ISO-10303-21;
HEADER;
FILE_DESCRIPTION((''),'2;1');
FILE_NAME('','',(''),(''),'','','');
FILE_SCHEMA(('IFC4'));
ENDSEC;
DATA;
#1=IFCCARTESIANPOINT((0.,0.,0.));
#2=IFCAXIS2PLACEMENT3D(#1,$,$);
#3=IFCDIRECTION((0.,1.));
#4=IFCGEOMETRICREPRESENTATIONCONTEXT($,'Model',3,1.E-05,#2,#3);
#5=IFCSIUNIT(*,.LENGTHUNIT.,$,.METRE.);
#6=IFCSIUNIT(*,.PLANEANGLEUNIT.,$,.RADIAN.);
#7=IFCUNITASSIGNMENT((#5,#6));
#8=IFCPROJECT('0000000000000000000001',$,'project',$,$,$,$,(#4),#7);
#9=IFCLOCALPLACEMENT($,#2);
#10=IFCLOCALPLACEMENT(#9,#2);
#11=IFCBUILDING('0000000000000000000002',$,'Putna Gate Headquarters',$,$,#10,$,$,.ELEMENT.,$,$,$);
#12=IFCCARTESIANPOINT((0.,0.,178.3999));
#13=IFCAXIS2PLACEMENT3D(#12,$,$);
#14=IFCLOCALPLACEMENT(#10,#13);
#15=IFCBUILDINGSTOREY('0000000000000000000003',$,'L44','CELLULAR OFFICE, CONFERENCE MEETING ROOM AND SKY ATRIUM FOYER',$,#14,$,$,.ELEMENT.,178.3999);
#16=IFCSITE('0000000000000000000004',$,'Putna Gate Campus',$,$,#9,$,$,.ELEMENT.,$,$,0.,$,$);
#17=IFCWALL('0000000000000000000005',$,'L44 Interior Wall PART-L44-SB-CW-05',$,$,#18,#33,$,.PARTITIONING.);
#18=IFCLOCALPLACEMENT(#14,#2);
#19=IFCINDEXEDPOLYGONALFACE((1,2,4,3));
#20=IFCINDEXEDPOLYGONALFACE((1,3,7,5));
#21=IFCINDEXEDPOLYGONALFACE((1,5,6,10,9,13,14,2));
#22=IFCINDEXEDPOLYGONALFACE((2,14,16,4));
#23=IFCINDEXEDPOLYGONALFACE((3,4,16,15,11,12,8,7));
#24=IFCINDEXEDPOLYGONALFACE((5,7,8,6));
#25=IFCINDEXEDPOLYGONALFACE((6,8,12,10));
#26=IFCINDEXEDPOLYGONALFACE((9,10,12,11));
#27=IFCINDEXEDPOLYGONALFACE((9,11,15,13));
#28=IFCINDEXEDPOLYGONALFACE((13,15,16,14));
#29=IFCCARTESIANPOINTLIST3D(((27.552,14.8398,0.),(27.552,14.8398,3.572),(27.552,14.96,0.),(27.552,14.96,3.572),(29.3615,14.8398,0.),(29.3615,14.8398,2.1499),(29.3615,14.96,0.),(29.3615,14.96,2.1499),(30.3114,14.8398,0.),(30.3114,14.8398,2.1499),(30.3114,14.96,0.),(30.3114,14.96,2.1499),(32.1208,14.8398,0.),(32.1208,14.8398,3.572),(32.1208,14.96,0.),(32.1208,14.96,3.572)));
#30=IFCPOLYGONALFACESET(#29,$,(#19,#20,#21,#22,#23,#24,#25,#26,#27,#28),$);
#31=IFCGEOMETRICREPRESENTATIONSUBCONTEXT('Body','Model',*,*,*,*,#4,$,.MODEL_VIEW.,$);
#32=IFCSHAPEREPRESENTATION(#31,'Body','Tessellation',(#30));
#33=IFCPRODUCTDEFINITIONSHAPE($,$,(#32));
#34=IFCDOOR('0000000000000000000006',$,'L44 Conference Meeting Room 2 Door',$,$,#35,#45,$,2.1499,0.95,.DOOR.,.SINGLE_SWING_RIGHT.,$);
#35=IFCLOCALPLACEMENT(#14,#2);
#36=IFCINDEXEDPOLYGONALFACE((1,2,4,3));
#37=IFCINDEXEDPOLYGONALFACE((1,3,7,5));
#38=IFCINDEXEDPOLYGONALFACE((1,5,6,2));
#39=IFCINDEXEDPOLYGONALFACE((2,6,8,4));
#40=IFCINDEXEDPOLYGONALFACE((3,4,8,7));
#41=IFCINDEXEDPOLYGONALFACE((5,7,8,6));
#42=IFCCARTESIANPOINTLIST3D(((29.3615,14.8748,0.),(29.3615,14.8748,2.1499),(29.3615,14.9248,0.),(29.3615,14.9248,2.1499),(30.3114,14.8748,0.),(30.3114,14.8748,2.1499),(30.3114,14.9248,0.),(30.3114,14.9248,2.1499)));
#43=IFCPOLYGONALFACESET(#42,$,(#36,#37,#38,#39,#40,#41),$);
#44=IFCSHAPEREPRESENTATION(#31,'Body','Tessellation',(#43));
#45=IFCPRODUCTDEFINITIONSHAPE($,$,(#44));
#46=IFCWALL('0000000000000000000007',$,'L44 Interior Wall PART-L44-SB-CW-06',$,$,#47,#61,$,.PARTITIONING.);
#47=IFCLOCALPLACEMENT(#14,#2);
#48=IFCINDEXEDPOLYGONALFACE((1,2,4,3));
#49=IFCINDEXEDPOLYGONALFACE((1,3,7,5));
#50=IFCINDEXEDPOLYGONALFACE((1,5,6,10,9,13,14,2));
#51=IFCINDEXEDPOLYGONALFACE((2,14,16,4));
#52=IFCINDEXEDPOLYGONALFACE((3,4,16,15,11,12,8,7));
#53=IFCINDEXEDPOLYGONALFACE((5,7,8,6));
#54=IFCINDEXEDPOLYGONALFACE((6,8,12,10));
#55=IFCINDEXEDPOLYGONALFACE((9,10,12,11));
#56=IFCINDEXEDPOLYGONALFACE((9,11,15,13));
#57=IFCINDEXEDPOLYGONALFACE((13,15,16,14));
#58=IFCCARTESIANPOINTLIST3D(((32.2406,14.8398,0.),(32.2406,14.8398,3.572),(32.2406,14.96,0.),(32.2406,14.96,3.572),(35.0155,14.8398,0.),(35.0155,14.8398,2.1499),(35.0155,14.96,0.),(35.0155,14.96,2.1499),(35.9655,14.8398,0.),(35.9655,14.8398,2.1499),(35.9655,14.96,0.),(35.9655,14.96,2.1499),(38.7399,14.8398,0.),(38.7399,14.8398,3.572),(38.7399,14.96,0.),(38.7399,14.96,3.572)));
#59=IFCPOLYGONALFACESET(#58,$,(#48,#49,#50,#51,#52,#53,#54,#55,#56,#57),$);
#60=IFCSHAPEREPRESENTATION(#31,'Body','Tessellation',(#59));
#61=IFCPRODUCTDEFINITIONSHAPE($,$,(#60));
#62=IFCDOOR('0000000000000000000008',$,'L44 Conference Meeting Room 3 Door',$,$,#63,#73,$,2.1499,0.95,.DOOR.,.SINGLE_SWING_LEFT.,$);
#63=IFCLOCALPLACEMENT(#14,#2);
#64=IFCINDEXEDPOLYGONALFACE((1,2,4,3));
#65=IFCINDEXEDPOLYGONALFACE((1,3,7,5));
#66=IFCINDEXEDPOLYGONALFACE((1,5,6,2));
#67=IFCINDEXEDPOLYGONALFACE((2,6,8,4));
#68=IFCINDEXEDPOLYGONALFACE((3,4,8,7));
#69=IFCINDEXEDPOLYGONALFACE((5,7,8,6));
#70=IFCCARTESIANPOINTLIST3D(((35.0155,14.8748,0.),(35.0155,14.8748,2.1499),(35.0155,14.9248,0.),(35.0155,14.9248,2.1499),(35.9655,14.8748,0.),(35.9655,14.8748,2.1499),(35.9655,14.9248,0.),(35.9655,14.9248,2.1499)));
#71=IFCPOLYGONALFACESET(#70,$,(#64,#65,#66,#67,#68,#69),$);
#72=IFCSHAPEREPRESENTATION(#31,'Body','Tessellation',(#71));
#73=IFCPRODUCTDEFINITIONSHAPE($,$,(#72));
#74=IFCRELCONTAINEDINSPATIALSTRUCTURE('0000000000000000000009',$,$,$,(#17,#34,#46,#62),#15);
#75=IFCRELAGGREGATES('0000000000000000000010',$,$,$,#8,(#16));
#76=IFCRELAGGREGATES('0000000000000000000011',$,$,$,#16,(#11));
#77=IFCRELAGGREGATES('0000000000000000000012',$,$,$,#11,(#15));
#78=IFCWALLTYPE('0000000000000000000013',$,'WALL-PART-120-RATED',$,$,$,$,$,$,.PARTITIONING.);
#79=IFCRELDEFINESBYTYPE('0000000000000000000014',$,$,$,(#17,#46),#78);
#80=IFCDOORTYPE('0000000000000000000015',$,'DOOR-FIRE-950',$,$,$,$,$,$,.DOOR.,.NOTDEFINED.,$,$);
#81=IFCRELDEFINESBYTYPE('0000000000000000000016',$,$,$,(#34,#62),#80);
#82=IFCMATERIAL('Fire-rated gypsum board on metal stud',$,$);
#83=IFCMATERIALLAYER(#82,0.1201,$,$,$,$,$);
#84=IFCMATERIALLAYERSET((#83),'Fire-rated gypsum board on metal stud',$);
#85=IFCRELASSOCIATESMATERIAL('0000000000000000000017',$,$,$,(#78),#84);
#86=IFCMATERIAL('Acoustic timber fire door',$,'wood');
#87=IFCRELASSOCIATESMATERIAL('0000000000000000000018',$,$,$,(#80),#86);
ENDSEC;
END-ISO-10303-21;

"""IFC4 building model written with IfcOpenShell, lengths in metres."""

from ifc_helpers import new_model, si_unit, direction, frame, frame_2d, origin, place, context, subcontext, project, spatial, rectangle, extrude, material, layer, layer_set, type_object, element, fill, save


model = new_model("IFC4")

# Units and contexts
model_context = context("Model", 3, precision=1e-05, world=origin(), true_north=direction((0.0, 1.0)))
body_context = subcontext(model_context, "Body", "Model", "MODEL_VIEW")
ifc_project = project(units=[si_unit("LENGTHUNIT", "METRE"), si_unit("PLANEANGLEUNIT", "RADIAN")], contexts=[model_context])

# Site, building, storey
site_placement = place(None, origin())
site = spatial("IfcSite", under=ifc_project, at=site_placement, Name="Putna Gate Campus", CompositionType="ELEMENT", RefElevation=0.0)
building_placement = place(site_placement, origin())
building = spatial("IfcBuilding", under=site, at=building_placement, Name="Putna Gate Headquarters", CompositionType="ELEMENT")
storey_placement = place(building_placement, frame((0.0, 0.0, 178.3999)))
storey = spatial("IfcBuildingStorey", under=building, at=storey_placement, Name="L44", Description="CELLULAR OFFICE, CONFERENCE MEETING ROOM AND SKY ATRIUM FOYER", CompositionType="ELEMENT", Elevation=178.3999)

# Walls, openings, doors
ifc_material_1 = material(Name="Fire-rated gypsum board on metal stud")
ifc_layer_1 = layer(ifc_material_1, 0.1201)
ifc_layer_set_1 = layer_set([ifc_layer_1], Name="Fire-rated gypsum board on metal stud")
wall_type_1 = type_object("IfcWallType", Name="WALL-PART-120-RATED", PredefinedType="PARTITIONING", material=ifc_layer_set_1)
wall_1_placement = place(storey_placement, frame((27.552, 14.8999, 0.0), z_axis=(0.0, 0.0, 1.0), x_axis=(1.0, 0.0, 0.0)))
wall_1 = element("IfcWall", 1, at=wall_1_placement, inside=storey, type_object=wall_type_1, Name="L44 Interior Wall PART-L44-SB-CW-05", PredefinedType="PARTITIONING", context=body_context, shape_type="SweptSolid", body=[
    extrude(rectangle(XDim=4.5688, YDim=0.1201, at=frame_2d((2.2844, 0.0))), origin(), (0.0, 0.0, 1.0), 3.572),
])
opening_1_placement = place(wall_1_placement, frame((1.8093, 0.0, 0.0)))
opening_1 = element("IfcOpeningElement", 2, at=opening_1_placement, cuts=wall_1, PredefinedType="OPENING", context=body_context, shape_type="SweptSolid", body=[
    extrude(rectangle(XDim=0.95, YDim=2.1499, at=frame_2d((0.4751, 1.075))), frame((0.0, 0.0701, 0.0), z_axis=(0.0, -1.0, 0.0), x_axis=(1.0, 0.0, 0.0)), (0.0, 0.0, 1.0), 0.1401),
])
ifc_material_2 = material(Name="Acoustic timber fire door", Category="wood")
door_type = type_object("IfcDoorType", Name="DOOR-FIRE-950", OperationType="NOTDEFINED", PredefinedType="DOOR", material=ifc_material_2)
door_1_placement = place(opening_1_placement, origin())
door_1 = element("IfcDoor", 3, at=door_1_placement, inside=storey, type_object=door_type, Name="L44 Conference Meeting Room 2 Door", OperationType="SINGLE_SWING_RIGHT", OverallHeight=2.1499, OverallWidth=0.95, PredefinedType="DOOR", context=body_context, shape_type="SweptSolid", body=[
    extrude(rectangle(XDim=0.95, YDim=2.1499, at=frame_2d((0.4751, 1.075))), frame((0.0, 0.0249, 0.0), z_axis=(0.0, -1.0, 0.0), x_axis=(1.0, 0.0, 0.0)), (0.0, 0.0, 1.0), 0.05),
])
fill(opening_1, door_1)
wall_2_placement = place(storey_placement, frame((32.2407, 14.8999, 0.0), z_axis=(0.0, 0.0, 1.0), x_axis=(1.0, 0.0, 0.0)))
wall_2 = element("IfcWall", 4, at=wall_2_placement, inside=storey, type_object=wall_type_1, Name="L44 Interior Wall PART-L44-SB-CW-06", PredefinedType="PARTITIONING", context=body_context, shape_type="SweptSolid", body=[
    extrude(rectangle(XDim=6.4993, YDim=0.1201, at=frame_2d((3.2495, 0.0))), origin(), (0.0, 0.0, 1.0), 3.572),
])
opening_2_placement = place(wall_2_placement, frame((2.7747, 0.0, 0.0)))
opening_2 = element("IfcOpeningElement", 5, at=opening_2_placement, cuts=wall_2, PredefinedType="OPENING", context=body_context, shape_type="SweptSolid", body=[
    extrude(rectangle(XDim=0.95, YDim=2.1499, at=frame_2d((0.4751, 1.075))), frame((0.0, 0.0701, 0.0), z_axis=(0.0, -1.0, 0.0), x_axis=(1.0, 0.0, 0.0)), (0.0, 0.0, 1.0), 0.1401),
])
door_2_placement = place(opening_2_placement, origin())
door_2 = element("IfcDoor", 6, at=door_2_placement, inside=storey, type_object=door_type, Name="L44 Conference Meeting Room 3 Door", OperationType="SINGLE_SWING_LEFT", OverallHeight=2.1499, OverallWidth=0.95, PredefinedType="DOOR", context=body_context, shape_type="SweptSolid", body=[
    extrude(rectangle(XDim=0.95, YDim=2.1499, at=frame_2d((0.4751, 1.075))), frame((0.0, 0.0249, 0.0), z_axis=(0.0, -1.0, 0.0), x_axis=(1.0, 0.0, 0.0)), (0.0, 0.0, 1.0), 0.05),
])
fill(opening_2, door_2)

save(model, "model.ifc")
